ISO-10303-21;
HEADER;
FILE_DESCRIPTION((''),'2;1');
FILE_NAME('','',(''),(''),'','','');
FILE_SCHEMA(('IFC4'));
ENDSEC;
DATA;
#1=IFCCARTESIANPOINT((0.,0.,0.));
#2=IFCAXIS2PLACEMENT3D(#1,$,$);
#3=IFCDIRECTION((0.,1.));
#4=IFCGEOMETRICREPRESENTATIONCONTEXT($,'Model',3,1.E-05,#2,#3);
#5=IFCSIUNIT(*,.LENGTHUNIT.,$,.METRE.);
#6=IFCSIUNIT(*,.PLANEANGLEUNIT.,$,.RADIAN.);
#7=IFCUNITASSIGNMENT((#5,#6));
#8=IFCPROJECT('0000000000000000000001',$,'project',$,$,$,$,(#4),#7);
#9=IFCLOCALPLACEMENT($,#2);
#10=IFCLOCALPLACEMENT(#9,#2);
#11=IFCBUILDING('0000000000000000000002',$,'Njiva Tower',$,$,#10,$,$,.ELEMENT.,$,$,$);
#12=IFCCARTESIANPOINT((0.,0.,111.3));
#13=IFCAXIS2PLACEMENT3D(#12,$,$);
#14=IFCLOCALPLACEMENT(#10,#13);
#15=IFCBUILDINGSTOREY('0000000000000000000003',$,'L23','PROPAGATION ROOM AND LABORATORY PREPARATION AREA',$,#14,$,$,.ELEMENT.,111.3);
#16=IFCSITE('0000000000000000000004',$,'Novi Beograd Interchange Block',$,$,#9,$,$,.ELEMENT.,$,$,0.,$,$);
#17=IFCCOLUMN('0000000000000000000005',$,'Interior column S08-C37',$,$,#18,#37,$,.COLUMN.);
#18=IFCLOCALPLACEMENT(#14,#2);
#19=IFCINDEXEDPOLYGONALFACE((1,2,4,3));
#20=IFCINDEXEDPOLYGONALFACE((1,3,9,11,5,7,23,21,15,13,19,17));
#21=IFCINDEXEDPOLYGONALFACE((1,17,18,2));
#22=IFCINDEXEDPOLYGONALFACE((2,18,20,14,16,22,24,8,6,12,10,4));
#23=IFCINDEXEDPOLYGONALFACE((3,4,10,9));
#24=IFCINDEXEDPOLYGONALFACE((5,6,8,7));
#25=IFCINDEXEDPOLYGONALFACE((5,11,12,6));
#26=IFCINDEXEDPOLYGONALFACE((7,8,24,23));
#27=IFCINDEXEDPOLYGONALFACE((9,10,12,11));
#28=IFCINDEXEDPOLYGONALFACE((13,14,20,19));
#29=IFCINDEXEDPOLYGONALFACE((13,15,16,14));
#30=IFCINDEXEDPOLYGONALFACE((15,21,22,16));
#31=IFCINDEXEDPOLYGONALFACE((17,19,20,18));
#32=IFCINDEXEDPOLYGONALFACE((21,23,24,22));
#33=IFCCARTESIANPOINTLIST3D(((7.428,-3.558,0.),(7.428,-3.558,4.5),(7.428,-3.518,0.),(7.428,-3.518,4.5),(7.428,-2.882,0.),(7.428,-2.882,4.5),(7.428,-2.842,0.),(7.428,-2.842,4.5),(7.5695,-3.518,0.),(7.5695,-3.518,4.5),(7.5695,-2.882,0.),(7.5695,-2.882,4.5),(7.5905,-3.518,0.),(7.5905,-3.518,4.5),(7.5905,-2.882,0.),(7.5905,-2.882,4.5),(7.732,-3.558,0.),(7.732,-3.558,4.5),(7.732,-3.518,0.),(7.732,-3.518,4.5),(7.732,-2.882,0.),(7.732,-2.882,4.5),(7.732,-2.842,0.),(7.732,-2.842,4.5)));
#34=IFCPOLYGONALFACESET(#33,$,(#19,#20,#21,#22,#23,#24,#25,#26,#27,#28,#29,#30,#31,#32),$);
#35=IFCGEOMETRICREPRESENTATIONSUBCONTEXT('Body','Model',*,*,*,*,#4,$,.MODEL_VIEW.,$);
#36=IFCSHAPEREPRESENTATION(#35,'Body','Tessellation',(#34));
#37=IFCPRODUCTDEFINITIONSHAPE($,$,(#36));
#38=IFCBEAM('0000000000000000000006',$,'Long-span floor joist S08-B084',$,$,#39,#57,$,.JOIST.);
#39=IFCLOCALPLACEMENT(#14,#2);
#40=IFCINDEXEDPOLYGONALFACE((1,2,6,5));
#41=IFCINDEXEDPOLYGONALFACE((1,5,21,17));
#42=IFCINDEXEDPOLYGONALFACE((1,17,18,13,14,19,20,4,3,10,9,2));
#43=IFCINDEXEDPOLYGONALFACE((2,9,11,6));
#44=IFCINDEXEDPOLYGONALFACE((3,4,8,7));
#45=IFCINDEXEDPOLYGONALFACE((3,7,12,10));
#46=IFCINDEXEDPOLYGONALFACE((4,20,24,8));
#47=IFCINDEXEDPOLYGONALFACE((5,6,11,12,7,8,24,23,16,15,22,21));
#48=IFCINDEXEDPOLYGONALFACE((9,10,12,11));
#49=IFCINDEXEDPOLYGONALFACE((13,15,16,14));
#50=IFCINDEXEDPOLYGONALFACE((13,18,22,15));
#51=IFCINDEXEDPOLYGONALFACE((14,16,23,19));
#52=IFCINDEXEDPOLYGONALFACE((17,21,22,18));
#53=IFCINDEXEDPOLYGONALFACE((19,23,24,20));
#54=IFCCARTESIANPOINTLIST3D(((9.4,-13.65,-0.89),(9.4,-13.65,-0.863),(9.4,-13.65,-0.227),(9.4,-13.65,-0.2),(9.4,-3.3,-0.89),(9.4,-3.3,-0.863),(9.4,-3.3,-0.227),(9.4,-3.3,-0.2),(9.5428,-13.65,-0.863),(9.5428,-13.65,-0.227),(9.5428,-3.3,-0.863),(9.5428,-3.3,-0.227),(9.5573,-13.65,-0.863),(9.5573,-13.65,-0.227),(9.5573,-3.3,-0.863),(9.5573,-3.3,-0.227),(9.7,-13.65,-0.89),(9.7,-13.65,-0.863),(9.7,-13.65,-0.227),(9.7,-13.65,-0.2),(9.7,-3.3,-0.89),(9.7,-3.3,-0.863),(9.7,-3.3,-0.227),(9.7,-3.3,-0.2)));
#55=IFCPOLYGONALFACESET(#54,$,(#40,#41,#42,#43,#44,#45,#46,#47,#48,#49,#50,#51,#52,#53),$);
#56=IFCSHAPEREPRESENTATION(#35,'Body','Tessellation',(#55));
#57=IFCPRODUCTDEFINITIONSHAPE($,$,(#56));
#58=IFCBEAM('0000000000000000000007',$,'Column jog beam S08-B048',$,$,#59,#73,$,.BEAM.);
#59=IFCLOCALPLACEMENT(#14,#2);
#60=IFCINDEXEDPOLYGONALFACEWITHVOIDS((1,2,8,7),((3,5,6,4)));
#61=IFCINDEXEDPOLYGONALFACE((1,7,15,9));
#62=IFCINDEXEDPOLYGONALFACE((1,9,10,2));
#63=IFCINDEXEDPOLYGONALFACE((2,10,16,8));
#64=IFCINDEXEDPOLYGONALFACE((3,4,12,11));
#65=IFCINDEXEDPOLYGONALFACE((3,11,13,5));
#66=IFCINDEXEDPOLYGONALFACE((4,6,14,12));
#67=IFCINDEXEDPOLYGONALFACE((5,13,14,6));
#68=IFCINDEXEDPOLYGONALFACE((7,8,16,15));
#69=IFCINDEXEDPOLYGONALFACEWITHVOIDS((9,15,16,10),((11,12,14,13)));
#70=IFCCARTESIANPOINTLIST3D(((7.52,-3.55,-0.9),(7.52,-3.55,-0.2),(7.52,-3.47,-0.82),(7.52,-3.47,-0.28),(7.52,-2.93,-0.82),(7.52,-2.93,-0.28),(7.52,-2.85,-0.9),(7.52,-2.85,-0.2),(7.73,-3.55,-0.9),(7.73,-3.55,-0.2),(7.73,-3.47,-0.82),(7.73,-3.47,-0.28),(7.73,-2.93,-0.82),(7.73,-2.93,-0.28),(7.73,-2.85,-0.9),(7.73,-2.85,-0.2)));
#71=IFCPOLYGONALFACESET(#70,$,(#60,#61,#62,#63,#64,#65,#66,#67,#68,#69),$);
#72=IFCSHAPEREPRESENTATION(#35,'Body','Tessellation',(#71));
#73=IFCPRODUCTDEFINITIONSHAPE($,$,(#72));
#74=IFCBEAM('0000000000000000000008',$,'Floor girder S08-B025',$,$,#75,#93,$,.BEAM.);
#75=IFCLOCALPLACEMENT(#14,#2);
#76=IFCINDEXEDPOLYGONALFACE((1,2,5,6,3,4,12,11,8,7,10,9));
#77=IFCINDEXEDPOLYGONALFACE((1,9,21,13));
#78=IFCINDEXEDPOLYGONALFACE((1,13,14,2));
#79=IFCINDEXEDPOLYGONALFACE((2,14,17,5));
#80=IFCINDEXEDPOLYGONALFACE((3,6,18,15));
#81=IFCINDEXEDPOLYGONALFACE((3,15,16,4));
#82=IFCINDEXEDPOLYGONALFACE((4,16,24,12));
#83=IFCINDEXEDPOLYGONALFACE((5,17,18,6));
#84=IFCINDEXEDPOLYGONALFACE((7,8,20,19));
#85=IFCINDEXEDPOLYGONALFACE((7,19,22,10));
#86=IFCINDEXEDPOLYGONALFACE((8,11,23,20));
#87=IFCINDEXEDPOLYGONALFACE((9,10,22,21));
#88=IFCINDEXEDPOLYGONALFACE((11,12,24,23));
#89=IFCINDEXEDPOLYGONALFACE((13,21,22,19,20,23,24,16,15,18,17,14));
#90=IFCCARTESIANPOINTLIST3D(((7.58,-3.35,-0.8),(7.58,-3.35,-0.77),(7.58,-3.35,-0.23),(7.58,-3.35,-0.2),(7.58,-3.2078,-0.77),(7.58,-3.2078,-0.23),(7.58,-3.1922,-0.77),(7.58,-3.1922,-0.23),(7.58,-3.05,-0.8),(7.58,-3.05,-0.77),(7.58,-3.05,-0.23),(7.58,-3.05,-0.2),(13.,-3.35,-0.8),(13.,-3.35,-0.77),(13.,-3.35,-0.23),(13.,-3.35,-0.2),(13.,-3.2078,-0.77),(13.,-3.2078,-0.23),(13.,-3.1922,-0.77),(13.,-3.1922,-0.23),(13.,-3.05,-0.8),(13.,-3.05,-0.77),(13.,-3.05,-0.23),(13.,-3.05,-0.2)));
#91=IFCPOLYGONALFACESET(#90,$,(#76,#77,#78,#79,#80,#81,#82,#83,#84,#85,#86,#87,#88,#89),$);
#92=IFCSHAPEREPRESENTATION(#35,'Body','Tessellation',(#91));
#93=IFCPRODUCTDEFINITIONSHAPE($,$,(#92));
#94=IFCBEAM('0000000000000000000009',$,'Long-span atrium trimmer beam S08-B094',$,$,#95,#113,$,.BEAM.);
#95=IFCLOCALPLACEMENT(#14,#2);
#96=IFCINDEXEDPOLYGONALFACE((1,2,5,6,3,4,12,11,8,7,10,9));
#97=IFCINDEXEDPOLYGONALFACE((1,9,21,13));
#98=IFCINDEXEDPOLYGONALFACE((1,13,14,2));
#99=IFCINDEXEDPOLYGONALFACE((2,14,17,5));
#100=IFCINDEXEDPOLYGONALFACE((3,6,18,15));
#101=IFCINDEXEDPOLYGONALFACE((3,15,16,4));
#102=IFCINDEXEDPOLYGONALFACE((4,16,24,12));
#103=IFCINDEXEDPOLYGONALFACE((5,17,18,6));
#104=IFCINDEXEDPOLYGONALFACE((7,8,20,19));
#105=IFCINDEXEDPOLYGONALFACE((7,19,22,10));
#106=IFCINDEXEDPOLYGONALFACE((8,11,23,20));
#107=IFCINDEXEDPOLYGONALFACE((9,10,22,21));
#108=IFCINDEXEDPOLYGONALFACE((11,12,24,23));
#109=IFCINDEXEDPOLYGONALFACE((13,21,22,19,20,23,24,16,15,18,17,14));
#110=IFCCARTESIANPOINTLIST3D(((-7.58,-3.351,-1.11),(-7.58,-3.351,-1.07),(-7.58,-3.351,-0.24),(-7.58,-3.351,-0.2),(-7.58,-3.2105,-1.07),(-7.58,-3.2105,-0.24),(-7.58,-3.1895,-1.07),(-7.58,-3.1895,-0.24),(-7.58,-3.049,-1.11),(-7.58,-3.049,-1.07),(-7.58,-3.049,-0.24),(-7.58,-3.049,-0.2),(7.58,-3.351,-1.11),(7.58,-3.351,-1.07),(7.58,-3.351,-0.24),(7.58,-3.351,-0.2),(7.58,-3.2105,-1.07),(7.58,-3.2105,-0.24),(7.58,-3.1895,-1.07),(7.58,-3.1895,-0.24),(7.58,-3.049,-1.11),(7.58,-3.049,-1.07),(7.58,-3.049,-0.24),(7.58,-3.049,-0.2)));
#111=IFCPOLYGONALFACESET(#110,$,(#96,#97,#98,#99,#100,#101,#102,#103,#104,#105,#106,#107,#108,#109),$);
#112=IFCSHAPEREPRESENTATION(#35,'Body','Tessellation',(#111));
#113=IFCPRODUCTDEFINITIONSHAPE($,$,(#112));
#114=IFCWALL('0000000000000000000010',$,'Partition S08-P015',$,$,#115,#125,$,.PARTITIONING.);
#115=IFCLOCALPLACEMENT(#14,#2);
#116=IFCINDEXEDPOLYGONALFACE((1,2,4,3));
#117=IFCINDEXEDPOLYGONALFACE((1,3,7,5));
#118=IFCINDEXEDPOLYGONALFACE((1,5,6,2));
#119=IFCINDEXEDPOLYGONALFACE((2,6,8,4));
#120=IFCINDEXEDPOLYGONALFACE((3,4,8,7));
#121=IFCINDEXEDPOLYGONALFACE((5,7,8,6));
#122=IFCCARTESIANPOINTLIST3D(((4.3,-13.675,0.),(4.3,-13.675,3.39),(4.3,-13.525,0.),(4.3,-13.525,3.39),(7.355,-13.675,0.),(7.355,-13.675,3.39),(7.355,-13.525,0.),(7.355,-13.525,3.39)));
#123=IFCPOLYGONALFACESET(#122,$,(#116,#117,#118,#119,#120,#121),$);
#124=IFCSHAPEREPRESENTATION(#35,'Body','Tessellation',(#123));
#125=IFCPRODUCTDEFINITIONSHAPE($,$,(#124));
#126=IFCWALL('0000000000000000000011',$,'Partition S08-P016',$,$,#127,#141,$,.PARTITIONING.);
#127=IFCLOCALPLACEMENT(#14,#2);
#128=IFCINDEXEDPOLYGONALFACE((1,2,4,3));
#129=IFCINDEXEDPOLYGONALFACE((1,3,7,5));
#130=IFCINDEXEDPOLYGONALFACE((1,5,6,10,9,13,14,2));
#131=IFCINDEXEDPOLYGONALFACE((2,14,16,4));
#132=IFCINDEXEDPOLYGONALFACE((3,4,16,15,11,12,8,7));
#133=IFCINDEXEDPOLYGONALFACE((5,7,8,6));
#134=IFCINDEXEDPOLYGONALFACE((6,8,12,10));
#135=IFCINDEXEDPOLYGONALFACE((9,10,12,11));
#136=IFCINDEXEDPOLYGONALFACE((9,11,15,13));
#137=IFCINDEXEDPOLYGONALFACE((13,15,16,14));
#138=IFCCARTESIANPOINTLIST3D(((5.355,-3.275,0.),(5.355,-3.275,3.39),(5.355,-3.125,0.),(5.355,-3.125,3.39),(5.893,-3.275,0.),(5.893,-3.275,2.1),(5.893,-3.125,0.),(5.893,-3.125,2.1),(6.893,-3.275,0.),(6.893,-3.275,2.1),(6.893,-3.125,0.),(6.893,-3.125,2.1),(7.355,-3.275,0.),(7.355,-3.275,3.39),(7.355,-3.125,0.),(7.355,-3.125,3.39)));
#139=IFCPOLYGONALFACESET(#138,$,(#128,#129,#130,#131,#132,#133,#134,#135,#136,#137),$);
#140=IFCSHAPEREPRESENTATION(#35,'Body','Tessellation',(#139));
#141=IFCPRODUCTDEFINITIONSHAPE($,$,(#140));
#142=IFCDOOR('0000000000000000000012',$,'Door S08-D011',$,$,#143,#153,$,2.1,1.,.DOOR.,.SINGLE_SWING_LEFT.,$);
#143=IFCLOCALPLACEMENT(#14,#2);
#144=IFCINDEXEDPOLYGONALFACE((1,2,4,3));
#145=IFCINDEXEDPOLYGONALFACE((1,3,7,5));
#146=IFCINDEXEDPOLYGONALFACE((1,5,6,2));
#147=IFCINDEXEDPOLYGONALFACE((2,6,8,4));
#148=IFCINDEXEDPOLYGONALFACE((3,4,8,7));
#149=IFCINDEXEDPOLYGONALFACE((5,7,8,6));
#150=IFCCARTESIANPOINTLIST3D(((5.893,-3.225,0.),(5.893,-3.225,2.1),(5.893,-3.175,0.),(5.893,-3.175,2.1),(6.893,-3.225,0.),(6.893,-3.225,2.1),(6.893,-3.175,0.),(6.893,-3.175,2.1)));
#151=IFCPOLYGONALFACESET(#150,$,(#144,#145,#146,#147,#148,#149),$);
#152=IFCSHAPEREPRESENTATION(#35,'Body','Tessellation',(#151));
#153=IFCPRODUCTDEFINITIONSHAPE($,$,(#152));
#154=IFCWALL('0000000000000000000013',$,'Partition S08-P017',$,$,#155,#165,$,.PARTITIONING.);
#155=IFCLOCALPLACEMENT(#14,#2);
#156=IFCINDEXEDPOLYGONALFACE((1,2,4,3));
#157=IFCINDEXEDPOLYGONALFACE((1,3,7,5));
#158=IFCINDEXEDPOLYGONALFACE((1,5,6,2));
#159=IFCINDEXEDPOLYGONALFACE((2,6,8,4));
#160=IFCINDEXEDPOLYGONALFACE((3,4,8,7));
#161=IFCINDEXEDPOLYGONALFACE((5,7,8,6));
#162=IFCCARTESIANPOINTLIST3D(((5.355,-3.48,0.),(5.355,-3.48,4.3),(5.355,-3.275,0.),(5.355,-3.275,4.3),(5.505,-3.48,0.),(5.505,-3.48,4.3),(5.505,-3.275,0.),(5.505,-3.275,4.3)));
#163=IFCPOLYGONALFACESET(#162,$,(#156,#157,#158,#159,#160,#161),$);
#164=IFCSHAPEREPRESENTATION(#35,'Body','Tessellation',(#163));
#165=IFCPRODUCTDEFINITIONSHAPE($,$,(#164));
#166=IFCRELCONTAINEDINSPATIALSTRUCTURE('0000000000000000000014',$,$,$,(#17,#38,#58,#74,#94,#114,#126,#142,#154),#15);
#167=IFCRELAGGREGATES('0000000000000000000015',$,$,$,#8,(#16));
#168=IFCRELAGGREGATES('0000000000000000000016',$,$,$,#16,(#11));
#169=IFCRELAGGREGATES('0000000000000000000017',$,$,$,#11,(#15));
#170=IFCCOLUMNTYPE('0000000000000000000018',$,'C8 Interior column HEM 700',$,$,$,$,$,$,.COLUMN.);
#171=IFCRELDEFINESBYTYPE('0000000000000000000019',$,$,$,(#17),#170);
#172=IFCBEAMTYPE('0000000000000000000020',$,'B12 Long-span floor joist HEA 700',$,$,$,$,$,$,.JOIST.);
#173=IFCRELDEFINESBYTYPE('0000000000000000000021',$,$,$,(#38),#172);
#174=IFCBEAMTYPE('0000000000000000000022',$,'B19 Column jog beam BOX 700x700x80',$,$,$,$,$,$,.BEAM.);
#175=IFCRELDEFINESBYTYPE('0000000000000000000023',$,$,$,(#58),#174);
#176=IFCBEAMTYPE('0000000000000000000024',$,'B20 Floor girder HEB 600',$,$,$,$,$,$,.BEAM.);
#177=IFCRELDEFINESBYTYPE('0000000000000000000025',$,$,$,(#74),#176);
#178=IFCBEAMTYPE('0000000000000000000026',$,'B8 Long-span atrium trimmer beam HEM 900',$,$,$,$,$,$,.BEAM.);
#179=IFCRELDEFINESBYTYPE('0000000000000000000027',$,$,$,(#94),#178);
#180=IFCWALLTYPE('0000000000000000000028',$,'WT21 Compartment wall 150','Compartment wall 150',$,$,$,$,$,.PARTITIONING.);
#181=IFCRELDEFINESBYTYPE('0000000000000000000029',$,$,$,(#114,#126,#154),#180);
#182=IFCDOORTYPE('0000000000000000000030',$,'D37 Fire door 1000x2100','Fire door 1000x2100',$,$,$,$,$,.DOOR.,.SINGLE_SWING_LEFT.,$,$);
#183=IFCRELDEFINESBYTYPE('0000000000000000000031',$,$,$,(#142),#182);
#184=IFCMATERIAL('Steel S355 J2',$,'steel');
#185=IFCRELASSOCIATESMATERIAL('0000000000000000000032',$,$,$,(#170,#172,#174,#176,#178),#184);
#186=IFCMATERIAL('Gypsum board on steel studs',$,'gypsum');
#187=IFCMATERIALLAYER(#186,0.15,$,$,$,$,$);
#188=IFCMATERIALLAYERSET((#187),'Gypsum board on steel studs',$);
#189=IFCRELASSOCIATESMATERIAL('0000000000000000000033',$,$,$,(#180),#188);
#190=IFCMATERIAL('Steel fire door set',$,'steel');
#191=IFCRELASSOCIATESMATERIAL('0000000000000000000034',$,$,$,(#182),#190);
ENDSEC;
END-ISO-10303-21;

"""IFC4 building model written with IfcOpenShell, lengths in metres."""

from ifc_helpers import new_model, si_unit, direction, frame, frame_2d, origin, origin_2d, place, context, subcontext, project, spatial, rectangle, hollow_rectangle, i_section, extrude, material, layer, layer_set, material_profile, profile_set, type_object, element, fill, save


model = new_model("IFC4")

# Units and contexts
model_context = context("Model", 3, precision=1e-05, world=origin(), true_north=direction((0.0, 1.0)))
body_context = subcontext(model_context, "Body", "Model", "MODEL_VIEW")
ifc_project = project(units=[si_unit("LENGTHUNIT", "METRE"), si_unit("PLANEANGLEUNIT", "RADIAN")], contexts=[model_context])

# Site, building, storey
site_placement = place(None, origin())
site = spatial("IfcSite", under=ifc_project, at=site_placement, Name="Novi Beograd Interchange Block", CompositionType="ELEMENT", RefElevation=0.0)
building_placement = place(site_placement, origin())
building = spatial("IfcBuilding", under=site, at=building_placement, Name="Njiva Tower", CompositionType="ELEMENT")
storey_placement = place(building_placement, frame((0.0, 0.0, 111.3)))
storey = spatial("IfcBuildingStorey", under=building, at=storey_placement, Name="L23", Description="PROPAGATION ROOM AND LABORATORY PREPARATION AREA", CompositionType="ELEMENT", Elevation=111.3)

# Column
ifc_material_1 = material(Name="Steel S355 J2", Category="steel")
ifc_material_profile_1 = material_profile(ifc_material_1, i_section(OverallWidth=0.304, OverallDepth=0.716, WebThickness=0.021, FlangeThickness=0.04, at=origin_2d()), Name="HEM 700")
ifc_profile_set_1 = profile_set([ifc_material_profile_1], Name="Steel S355 J2")
column_type = type_object("IfcColumnType", Name="C8 Interior column HEM 700", PredefinedType="COLUMN", material=ifc_profile_set_1)
column_placement = place(storey_placement, frame((7.58, -3.2, 0.0), z_axis=(0.0, 0.0, 1.0), x_axis=(1.0, 0.0, 0.0)))
element("IfcColumn", 1, at=column_placement, inside=storey, type_object=column_type, Name="Interior column S08-C37", PredefinedType="COLUMN", context=body_context, shape_type="SweptSolid", body=[
    extrude(i_section(OverallWidth=0.304, OverallDepth=0.716, WebThickness=0.021, FlangeThickness=0.04, at=origin_2d()), origin(), (0.0, 0.0, 1.0), 4.5),
])

# Beams
ifc_material_profile_2 = material_profile(ifc_material_1, i_section(OverallWidth=0.3, OverallDepth=0.69, WebThickness=0.0145, FlangeThickness=0.027, at=origin_2d()), Name="HEA 700")
ifc_profile_set_2 = profile_set([ifc_material_profile_2], Name="Steel S355 J2")
beam_type_1 = type_object("IfcBeamType", Name="B12 Long-span floor joist HEA 700", PredefinedType="JOIST", material=ifc_profile_set_2)
beam_1_placement = place(storey_placement, frame((9.55, -3.3, -0.545), z_axis=(0.0, -1.0, 0.0), x_axis=(1.0, 0.0, 0.0)))
element("IfcBeam", 2, at=beam_1_placement, inside=storey, type_object=beam_type_1, Name="Long-span floor joist S08-B084", PredefinedType="JOIST", context=body_context, shape_type="SweptSolid", body=[
    extrude(i_section(OverallWidth=0.3, OverallDepth=0.69, WebThickness=0.0145, FlangeThickness=0.027, at=origin_2d()), origin(), (0.0, 0.0, 1.0), 10.35),
])
ifc_material_profile_3 = material_profile(ifc_material_1, hollow_rectangle(XDim=0.7, YDim=0.7, WallThickness=0.08, at=origin_2d()), Name="BOX 700x700x80")
ifc_profile_set_3 = profile_set([ifc_material_profile_3], Name="Steel S355 J2")
beam_type_2 = type_object("IfcBeamType", Name="B19 Column jog beam BOX 700x700x80", PredefinedType="BEAM", material=ifc_profile_set_3)
beam_2_placement = place(storey_placement, frame((7.73, -3.2, -0.55), z_axis=(-1.0, 0.0, 0.0), x_axis=(0.0, -1.0, 0.0)))
element("IfcBeam", 3, at=beam_2_placement, inside=storey, type_object=beam_type_2, Name="Column jog beam S08-B048", PredefinedType="BEAM", context=body_context, shape_type="SweptSolid", body=[
    extrude(hollow_rectangle(XDim=0.7, YDim=0.7, WallThickness=0.08, at=origin_2d()), origin(), (0.0, 0.0, 1.0), 0.21),
])
ifc_material_profile_4 = material_profile(ifc_material_1, i_section(OverallWidth=0.3, OverallDepth=0.6, WebThickness=0.0155, FlangeThickness=0.03, at=origin_2d()), Name="HEB 600")
ifc_profile_set_4 = profile_set([ifc_material_profile_4], Name="Steel S355 J2")
beam_type_3 = type_object("IfcBeamType", Name="B20 Floor girder HEB 600", PredefinedType="BEAM", material=ifc_profile_set_4)
beam_3_placement = place(storey_placement, frame((7.58, -3.2, -0.5), z_axis=(1.0, 0.0, 0.0), x_axis=(0.0, 1.0, 0.0)))
element("IfcBeam", 4, at=beam_3_placement, inside=storey, type_object=beam_type_3, Name="Floor girder S08-B025", PredefinedType="BEAM", context=body_context, shape_type="SweptSolid", body=[
    extrude(i_section(OverallWidth=0.3, OverallDepth=0.6, WebThickness=0.0155, FlangeThickness=0.03, at=origin_2d()), origin(), (0.0, 0.0, 1.0), 5.42),
])
ifc_material_profile_5 = material_profile(ifc_material_1, i_section(OverallWidth=0.302, OverallDepth=0.91, WebThickness=0.021, FlangeThickness=0.04, at=origin_2d()), Name="HEM 900")
ifc_profile_set_5 = profile_set([ifc_material_profile_5], Name="Steel S355 J2")
beam_type_4 = type_object("IfcBeamType", Name="B8 Long-span atrium trimmer beam HEM 900", PredefinedType="BEAM", material=ifc_profile_set_5)
beam_4_placement = place(storey_placement, frame((7.58, -3.2, -0.655), z_axis=(-1.0, 0.0, 0.0), x_axis=(0.0, -1.0, 0.0)))
element("IfcBeam", 5, at=beam_4_placement, inside=storey, type_object=beam_type_4, Name="Long-span atrium trimmer beam S08-B094", PredefinedType="BEAM", context=body_context, shape_type="SweptSolid", body=[
    extrude(i_section(OverallWidth=0.302, OverallDepth=0.91, WebThickness=0.021, FlangeThickness=0.04, at=origin_2d()), origin(), (0.0, 0.0, 1.0), 15.16),
])

# Wall
ifc_material_2 = material(Name="Gypsum board on steel studs", Category="gypsum")
ifc_layer_1 = layer(ifc_material_2, 0.15)
ifc_layer_set_1 = layer_set([ifc_layer_1], Name="Gypsum board on steel studs")
wall_type_1 = type_object("IfcWallType", Name="WT21 Compartment wall 150", Description="Compartment wall 150", PredefinedType="PARTITIONING", material=ifc_layer_set_1)
wall_1_placement = place(storey_placement, frame((4.3, -13.6, 0.0), z_axis=(0.0, 0.0, 1.0), x_axis=(1.0, 0.0, 0.0)))
element("IfcWall", 6, at=wall_1_placement, inside=storey, type_object=wall_type_1, Name="Partition S08-P015", PredefinedType="PARTITIONING", context=body_context, shape_type="SweptSolid", body=[
    extrude(rectangle(XDim=3.055, YDim=0.15, at=frame_2d((1.5275, 0.0))), origin(), (0.0, 0.0, 1.0), 3.39),
])

# Wall, opening, door
wall_2_placement = place(storey_placement, frame((5.355, -3.2, 0.0), z_axis=(0.0, 0.0, 1.0), x_axis=(1.0, 0.0, 0.0)))
wall_2 = element("IfcWall", 7, at=wall_2_placement, inside=storey, type_object=wall_type_1, Name="Partition S08-P016", PredefinedType="PARTITIONING", context=body_context, shape_type="SweptSolid", body=[
    extrude(rectangle(XDim=2.0, YDim=0.15, at=frame_2d((1.0, 0.0))), origin(), (0.0, 0.0, 1.0), 3.39),
])
opening_1_placement = place(wall_2_placement, frame((0.538, 0.0, 0.0)))
opening_1 = element("IfcOpeningElement", 8, at=opening_1_placement, cuts=wall_2, PredefinedType="OPENING", context=body_context, shape_type="SweptSolid", body=[
    extrude(rectangle(XDim=1.0, YDim=2.1, at=frame_2d((0.5, 1.05))), frame((0.0, 0.085, 0.0), z_axis=(0.0, -1.0, 0.0), x_axis=(1.0, 0.0, 0.0)), (0.0, 0.0, 1.0), 0.17),
])
ifc_material_3 = material(Name="Steel fire door set", Category="steel")
door_type_1 = type_object("IfcDoorType", Name="D37 Fire door 1000x2100", Description="Fire door 1000x2100", OperationType="SINGLE_SWING_LEFT", PredefinedType="DOOR", material=ifc_material_3)
door_1_placement = place(opening_1_placement, origin())
door_1 = element("IfcDoor", 9, at=door_1_placement, inside=storey, type_object=door_type_1, Name="Door S08-D011", OperationType="SINGLE_SWING_LEFT", OverallHeight=2.1, OverallWidth=1.0, PredefinedType="DOOR", context=body_context, shape_type="SweptSolid", body=[
    extrude(rectangle(XDim=1.0, YDim=2.1, at=frame_2d((0.5, 1.05))), frame((0.0, 0.025, 0.0), z_axis=(0.0, -1.0, 0.0), x_axis=(1.0, 0.0, 0.0)), (0.0, 0.0, 1.0), 0.05),
])
fill(opening_1, door_1)

# Wall
wall_3_placement = place(storey_placement, frame((5.43, -3.48, 0.0), z_axis=(0.0, 0.0, 1.0), x_axis=(0.0, 1.0, 0.0)))
element("IfcWall", 10, at=wall_3_placement, inside=storey, type_object=wall_type_1, Name="Partition S08-P017", PredefinedType="PARTITIONING", context=body_context, shape_type="SweptSolid", body=[
    extrude(rectangle(XDim=0.205, YDim=0.15, at=frame_2d((0.1025, 0.0))), origin(), (0.0, 0.0, 1.0), 4.3),
])

save(model, "model.ifc")
